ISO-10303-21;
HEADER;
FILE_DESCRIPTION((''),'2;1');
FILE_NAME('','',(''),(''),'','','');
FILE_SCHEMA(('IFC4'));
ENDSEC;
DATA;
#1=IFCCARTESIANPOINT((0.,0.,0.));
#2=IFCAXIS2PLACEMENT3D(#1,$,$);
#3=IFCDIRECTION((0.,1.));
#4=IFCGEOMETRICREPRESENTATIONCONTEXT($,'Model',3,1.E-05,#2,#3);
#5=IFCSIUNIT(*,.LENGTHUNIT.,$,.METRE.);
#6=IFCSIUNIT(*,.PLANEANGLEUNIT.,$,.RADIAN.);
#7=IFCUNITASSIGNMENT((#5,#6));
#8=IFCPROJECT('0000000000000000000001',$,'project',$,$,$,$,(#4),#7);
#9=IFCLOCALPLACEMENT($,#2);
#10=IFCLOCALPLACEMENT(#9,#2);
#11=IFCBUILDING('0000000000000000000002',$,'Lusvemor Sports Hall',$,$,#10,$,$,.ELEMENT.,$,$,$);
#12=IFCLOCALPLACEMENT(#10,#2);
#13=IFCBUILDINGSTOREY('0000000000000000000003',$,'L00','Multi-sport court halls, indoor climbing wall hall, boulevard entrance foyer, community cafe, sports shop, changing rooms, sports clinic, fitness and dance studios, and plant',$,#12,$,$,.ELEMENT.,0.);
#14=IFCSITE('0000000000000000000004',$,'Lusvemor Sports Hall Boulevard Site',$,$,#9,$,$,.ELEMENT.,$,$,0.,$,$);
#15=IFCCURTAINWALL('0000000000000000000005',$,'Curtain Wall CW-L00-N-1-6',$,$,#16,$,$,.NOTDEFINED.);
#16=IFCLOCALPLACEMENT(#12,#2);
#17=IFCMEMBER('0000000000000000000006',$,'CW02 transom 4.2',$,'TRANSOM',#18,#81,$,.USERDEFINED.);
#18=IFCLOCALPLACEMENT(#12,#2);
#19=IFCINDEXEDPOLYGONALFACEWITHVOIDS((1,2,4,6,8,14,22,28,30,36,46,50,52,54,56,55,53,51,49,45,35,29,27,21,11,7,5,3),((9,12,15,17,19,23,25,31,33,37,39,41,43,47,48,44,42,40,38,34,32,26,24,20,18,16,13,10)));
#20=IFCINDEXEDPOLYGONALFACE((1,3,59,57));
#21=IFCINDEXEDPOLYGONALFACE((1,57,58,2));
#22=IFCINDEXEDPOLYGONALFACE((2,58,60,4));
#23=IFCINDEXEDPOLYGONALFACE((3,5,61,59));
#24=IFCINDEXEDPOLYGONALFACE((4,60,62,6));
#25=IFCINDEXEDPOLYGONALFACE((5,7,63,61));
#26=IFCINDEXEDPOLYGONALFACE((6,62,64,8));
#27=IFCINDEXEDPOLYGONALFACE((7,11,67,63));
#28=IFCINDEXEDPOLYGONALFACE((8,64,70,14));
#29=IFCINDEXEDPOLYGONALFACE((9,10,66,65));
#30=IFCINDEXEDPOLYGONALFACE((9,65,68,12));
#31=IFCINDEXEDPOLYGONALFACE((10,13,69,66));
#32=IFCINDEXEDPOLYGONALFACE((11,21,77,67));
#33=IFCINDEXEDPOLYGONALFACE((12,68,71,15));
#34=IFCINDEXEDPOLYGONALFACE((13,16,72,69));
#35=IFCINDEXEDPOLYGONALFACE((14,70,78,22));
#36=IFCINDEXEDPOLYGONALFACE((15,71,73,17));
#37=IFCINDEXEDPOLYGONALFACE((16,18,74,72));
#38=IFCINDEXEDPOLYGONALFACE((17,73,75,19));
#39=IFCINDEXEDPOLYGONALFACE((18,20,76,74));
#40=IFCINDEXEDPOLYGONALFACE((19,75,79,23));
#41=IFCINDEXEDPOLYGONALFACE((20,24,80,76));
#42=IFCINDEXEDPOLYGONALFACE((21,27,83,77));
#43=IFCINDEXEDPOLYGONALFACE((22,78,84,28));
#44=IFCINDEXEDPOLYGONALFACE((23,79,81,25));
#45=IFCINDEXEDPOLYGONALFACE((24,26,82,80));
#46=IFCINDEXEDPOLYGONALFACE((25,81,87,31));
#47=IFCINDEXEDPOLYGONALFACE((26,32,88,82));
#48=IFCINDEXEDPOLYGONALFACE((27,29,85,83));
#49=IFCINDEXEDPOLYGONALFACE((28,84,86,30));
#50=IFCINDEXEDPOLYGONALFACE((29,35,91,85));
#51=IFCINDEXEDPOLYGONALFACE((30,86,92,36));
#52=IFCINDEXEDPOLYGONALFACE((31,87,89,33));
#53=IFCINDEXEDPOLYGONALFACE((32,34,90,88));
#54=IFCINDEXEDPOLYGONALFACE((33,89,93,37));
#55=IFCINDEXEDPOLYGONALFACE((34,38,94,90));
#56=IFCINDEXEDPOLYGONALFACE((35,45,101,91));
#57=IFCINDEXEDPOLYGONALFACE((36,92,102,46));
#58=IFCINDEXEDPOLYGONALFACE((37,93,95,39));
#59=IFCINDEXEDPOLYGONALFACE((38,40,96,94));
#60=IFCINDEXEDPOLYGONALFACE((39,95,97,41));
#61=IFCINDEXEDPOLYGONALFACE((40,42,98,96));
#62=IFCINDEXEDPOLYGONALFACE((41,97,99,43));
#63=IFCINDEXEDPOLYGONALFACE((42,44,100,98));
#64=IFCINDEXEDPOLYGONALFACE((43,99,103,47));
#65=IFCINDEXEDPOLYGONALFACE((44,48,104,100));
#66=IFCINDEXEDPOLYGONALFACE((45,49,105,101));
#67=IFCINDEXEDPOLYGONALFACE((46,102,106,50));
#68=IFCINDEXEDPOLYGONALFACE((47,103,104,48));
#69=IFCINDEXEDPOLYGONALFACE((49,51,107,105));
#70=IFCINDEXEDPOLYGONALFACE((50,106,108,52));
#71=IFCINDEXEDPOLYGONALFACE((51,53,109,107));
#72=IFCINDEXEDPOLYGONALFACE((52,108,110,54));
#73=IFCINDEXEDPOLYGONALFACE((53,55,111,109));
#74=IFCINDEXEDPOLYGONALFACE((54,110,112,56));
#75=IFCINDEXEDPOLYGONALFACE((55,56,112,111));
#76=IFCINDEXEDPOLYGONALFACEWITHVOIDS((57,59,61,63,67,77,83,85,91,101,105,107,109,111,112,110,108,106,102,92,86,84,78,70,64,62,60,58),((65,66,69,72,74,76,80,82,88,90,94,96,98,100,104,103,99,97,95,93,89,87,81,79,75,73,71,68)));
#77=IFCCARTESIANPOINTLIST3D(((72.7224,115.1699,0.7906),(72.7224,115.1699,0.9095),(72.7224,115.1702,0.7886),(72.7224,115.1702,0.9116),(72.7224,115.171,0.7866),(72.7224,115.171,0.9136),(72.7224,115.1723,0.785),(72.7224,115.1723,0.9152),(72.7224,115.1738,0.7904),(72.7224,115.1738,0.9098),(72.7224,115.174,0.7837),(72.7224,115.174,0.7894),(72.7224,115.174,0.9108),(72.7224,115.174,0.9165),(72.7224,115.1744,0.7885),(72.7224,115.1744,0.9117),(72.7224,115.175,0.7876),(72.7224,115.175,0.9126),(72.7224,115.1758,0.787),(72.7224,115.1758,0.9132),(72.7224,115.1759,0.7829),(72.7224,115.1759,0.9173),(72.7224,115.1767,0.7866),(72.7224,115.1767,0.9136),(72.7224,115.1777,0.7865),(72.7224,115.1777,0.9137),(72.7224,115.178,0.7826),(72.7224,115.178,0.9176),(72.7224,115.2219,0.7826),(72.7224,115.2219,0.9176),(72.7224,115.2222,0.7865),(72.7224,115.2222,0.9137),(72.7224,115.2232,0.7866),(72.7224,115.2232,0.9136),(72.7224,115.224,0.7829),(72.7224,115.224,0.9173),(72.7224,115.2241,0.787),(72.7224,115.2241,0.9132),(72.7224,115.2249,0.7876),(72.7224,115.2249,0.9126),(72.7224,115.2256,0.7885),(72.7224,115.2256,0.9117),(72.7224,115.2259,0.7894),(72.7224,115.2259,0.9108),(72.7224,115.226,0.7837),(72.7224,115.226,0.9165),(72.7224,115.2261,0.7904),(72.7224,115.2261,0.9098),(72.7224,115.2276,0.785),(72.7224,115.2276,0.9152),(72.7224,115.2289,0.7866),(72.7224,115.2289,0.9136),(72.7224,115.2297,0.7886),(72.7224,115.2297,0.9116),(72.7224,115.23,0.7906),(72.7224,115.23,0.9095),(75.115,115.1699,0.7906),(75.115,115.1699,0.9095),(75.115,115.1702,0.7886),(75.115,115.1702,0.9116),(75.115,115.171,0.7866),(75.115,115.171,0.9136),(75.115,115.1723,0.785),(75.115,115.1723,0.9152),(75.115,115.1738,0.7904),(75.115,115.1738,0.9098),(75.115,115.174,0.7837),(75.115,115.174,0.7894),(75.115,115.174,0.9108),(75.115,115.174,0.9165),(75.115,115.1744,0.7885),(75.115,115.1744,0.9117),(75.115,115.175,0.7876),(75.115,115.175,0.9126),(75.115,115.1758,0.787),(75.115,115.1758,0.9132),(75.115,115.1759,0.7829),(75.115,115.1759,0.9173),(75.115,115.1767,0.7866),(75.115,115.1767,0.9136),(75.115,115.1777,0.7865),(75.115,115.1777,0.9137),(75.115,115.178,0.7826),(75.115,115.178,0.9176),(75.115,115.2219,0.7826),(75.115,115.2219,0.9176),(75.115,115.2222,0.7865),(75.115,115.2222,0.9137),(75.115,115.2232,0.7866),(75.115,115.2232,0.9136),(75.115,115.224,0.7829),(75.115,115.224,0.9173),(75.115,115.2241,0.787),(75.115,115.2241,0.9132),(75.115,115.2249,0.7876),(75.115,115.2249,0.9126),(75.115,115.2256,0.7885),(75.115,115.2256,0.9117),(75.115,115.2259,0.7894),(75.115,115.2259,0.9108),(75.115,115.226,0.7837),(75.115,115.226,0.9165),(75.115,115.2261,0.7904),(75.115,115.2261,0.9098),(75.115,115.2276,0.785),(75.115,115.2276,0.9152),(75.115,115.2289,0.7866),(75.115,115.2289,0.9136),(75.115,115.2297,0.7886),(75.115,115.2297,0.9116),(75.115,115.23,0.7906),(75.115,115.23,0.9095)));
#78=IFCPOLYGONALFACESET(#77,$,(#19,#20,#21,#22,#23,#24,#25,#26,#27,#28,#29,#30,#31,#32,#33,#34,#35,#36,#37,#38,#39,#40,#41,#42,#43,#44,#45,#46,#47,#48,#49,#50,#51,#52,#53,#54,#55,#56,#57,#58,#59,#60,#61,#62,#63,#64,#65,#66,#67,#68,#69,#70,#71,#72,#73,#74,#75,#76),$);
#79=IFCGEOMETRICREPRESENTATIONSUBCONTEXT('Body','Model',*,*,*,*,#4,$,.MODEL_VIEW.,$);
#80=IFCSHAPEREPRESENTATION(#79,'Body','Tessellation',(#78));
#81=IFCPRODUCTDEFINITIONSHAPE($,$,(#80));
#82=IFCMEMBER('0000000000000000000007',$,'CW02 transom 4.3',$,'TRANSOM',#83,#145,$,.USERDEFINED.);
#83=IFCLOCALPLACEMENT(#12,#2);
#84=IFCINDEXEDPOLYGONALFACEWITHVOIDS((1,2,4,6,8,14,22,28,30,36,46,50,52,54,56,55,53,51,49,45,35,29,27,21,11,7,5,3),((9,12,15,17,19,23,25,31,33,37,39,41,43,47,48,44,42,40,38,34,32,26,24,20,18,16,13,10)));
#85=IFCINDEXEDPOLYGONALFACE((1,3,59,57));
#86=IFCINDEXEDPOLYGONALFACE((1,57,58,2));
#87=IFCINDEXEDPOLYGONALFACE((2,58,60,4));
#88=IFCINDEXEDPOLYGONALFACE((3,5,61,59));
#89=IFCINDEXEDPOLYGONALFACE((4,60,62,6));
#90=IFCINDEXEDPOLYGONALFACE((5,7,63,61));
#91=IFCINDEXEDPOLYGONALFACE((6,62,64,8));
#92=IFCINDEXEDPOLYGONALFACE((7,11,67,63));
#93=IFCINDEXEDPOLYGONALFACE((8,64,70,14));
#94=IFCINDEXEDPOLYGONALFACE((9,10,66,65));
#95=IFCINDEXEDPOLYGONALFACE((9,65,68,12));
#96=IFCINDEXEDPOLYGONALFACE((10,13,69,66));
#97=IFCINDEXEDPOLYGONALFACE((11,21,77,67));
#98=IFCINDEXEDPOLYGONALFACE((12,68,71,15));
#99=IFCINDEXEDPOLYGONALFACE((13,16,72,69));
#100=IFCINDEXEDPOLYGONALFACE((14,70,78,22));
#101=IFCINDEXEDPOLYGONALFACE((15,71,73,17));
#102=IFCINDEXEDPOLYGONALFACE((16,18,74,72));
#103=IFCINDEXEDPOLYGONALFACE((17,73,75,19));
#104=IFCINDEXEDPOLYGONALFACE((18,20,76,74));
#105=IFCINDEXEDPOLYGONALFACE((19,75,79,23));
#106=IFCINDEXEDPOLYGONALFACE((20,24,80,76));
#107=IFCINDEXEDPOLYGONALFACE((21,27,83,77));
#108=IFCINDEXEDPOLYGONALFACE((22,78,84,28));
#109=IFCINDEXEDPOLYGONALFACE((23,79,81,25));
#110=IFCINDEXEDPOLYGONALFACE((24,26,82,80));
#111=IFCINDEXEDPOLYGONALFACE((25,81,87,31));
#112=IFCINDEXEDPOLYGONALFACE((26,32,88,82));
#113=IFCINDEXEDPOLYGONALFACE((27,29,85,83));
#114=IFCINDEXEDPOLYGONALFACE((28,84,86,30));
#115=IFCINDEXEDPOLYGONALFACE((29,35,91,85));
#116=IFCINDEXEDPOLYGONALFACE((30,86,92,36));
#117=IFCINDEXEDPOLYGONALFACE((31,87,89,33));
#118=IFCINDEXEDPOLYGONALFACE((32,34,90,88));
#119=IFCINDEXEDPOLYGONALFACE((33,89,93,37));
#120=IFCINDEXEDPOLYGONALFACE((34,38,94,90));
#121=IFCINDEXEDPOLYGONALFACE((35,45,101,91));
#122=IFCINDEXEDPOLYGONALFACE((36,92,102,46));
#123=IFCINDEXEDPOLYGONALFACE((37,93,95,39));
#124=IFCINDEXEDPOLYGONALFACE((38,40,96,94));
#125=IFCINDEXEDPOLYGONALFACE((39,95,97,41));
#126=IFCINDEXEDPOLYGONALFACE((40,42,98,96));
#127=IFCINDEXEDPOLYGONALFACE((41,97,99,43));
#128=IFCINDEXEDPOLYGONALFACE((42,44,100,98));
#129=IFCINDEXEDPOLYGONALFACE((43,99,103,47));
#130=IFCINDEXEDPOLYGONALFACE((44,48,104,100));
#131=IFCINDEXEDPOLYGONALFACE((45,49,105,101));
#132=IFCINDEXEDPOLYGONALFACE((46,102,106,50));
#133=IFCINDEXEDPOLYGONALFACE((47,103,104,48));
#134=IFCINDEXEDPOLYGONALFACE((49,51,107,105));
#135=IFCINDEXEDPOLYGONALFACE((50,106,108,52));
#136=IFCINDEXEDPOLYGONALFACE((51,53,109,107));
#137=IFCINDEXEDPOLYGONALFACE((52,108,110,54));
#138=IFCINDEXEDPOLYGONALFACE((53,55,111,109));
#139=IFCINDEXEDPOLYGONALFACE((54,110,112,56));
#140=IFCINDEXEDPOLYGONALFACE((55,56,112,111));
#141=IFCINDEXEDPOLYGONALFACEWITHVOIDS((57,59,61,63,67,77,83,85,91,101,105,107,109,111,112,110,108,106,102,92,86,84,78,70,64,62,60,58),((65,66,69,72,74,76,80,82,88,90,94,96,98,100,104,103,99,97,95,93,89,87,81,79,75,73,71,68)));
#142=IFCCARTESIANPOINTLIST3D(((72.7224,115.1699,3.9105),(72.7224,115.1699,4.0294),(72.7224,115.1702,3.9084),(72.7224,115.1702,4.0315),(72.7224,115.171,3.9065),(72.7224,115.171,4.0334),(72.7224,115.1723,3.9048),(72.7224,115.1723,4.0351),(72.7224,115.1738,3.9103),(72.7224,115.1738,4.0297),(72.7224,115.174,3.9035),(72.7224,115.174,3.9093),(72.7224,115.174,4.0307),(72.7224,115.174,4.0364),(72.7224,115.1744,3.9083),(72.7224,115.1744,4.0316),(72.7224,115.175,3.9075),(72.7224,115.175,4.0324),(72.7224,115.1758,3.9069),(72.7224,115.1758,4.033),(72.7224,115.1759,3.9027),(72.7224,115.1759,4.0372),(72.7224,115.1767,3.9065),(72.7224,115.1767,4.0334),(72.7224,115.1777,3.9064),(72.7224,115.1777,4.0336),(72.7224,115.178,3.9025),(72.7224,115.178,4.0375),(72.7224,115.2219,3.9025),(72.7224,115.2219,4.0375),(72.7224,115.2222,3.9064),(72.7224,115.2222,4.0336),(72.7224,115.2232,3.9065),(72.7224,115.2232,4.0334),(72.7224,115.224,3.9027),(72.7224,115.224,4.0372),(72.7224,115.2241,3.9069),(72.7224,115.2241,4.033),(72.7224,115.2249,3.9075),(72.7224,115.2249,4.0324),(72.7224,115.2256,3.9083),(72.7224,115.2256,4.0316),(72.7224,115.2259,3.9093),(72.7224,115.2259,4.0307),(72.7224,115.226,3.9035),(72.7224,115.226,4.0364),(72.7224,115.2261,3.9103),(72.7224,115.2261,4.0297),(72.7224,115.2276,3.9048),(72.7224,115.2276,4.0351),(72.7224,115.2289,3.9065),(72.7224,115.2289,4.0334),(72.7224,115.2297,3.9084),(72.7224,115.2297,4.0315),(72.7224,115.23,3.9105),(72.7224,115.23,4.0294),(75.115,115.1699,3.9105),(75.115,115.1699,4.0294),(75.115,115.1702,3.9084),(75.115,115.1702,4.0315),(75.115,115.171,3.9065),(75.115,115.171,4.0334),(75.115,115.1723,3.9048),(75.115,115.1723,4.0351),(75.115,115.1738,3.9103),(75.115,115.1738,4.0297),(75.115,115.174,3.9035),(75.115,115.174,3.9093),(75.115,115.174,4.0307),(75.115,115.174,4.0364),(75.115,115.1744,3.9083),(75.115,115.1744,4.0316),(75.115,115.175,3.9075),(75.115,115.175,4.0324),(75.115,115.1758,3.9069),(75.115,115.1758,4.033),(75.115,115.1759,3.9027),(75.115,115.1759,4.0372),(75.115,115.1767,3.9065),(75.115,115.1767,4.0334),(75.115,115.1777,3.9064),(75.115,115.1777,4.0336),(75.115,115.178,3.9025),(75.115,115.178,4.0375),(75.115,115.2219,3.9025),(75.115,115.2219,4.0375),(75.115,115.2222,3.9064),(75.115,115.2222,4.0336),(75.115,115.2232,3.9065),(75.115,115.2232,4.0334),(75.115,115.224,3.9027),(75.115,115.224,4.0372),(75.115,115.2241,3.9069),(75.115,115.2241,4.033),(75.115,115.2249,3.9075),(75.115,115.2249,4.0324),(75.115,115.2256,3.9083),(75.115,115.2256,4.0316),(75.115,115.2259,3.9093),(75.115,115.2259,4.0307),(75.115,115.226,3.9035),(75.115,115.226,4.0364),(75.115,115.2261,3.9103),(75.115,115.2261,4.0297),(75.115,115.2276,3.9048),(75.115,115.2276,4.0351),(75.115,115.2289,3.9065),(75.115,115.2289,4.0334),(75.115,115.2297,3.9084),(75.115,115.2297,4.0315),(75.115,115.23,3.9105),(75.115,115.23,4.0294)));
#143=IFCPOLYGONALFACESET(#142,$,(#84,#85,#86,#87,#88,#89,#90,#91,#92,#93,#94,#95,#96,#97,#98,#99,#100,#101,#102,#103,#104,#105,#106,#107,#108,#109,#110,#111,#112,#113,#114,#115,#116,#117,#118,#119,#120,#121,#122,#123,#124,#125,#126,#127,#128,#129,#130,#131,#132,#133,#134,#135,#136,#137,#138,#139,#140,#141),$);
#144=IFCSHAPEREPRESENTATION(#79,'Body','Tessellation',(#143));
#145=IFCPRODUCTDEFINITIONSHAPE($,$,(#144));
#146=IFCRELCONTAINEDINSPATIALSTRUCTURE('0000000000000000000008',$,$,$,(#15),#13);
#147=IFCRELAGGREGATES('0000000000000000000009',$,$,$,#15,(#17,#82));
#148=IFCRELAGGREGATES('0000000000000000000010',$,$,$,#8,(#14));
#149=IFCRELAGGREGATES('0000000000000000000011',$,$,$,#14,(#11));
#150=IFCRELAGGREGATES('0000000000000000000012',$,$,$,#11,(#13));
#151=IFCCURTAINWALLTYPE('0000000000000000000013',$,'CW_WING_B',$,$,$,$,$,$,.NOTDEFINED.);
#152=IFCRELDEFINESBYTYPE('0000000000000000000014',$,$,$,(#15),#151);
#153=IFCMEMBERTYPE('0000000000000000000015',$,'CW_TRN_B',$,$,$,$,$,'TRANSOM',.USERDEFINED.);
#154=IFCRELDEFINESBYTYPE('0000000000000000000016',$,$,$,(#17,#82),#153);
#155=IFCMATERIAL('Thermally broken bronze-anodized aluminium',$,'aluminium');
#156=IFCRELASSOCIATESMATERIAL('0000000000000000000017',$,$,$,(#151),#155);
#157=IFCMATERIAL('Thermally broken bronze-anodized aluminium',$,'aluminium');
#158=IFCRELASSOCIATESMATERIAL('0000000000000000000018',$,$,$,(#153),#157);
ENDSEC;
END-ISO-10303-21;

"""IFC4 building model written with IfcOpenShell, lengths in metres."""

from ifc_helpers import new_model, si_unit, direction, frame, origin, origin_2d, place, context, subcontext, project, spatial, hollow_rectangle, extrude, material, material_profile, profile_set, type_object, element, aggregate, save


model = new_model("IFC4")

# Units and contexts
model_context = context("Model", 3, precision=1e-05, world=origin(), true_north=direction((0.0, 1.0)))
body_context = subcontext(model_context, "Body", "Model", "MODEL_VIEW")
ifc_project = project(units=[si_unit("LENGTHUNIT", "METRE"), si_unit("PLANEANGLEUNIT", "RADIAN")], contexts=[model_context])

# Site, building, storey
site_placement = place(None, origin())
site = spatial("IfcSite", under=ifc_project, at=site_placement, Name="Lusvemor Sports Hall Boulevard Site", CompositionType="ELEMENT", RefElevation=0.0)
building_placement = place(site_placement, origin())
building = spatial("IfcBuilding", under=site, at=building_placement, Name="Lusvemor Sports Hall", CompositionType="ELEMENT")
storey_placement = place(building_placement, origin())
storey = spatial("IfcBuildingStorey", under=building, at=storey_placement, Name="L00", Description="Multi-sport court halls, indoor climbing wall hall, boulevard entrance foyer, community cafe, sports shop, changing rooms, sports clinic, fitness and dance studios, and plant", CompositionType="ELEMENT", Elevation=0.0)

# Curtain wall, members
ifc_material_1 = material(Name="Thermally broken bronze-anodized aluminium", Category="aluminium")
curtain_wall_type = type_object("IfcCurtainWallType", Name="CW_WING_B", PredefinedType="NOTDEFINED", material=ifc_material_1)
curtain_wall_placement = place(storey_placement, origin())
curtain_wall = element("IfcCurtainWall", 1, at=curtain_wall_placement, inside=storey, type_object=curtain_wall_type, Name="Curtain Wall CW-L00-N-1-6", PredefinedType="NOTDEFINED")
ifc_material_2 = material(Name="Thermally broken bronze-anodized aluminium", Category="aluminium")
ifc_material_profile_1 = material_profile(ifc_material_2, hollow_rectangle(XDim=0.0601, YDim=0.135, WallThickness=0.0039, InnerFilletRadius=0.0039, OuterFilletRadius=0.0081, at=origin_2d()), Name="CWTRN135x60x4")
ifc_profile_set_1 = profile_set([ifc_material_profile_1], Name="Thermally broken bronze-anodized aluminium")
member_type_1 = type_object("IfcMemberType", Name="CW_TRN_B", ElementType="TRANSOM", PredefinedType="USERDEFINED", material=ifc_profile_set_1)
member_1_placement = place(storey_placement, frame((72.7224, 115.2, 0.8501), z_axis=(1.0, 0.0, 0.0), x_axis=(0.0, 1.0, 0.0)))
member_1 = element("IfcMember", 2, at=member_1_placement, type_object=member_type_1, Name="CW02 transom 4.2", ObjectType="TRANSOM", PredefinedType="USERDEFINED", context=body_context, shape_type="SweptSolid", body=[
    extrude(hollow_rectangle(XDim=0.0601, YDim=0.135, WallThickness=0.0039, InnerFilletRadius=0.0039, OuterFilletRadius=0.0081, at=origin_2d()), origin(), (0.0, 0.0, 1.0), 2.3926),
])
member_2_placement = place(storey_placement, frame((72.7224, 115.2, 3.97), z_axis=(1.0, 0.0, 0.0), x_axis=(0.0, 1.0, 0.0)))
member_2 = element("IfcMember", 3, at=member_2_placement, type_object=member_type_1, Name="CW02 transom 4.3", ObjectType="TRANSOM", PredefinedType="USERDEFINED", context=body_context, shape_type="SweptSolid", body=[
    extrude(hollow_rectangle(XDim=0.0601, YDim=0.135, WallThickness=0.0039, InnerFilletRadius=0.0039, OuterFilletRadius=0.0081, at=origin_2d()), origin(), (0.0, 0.0, 1.0), 2.3926),
])
aggregate(curtain_wall, [member_1, member_2])

save(model, "model.ifc")
